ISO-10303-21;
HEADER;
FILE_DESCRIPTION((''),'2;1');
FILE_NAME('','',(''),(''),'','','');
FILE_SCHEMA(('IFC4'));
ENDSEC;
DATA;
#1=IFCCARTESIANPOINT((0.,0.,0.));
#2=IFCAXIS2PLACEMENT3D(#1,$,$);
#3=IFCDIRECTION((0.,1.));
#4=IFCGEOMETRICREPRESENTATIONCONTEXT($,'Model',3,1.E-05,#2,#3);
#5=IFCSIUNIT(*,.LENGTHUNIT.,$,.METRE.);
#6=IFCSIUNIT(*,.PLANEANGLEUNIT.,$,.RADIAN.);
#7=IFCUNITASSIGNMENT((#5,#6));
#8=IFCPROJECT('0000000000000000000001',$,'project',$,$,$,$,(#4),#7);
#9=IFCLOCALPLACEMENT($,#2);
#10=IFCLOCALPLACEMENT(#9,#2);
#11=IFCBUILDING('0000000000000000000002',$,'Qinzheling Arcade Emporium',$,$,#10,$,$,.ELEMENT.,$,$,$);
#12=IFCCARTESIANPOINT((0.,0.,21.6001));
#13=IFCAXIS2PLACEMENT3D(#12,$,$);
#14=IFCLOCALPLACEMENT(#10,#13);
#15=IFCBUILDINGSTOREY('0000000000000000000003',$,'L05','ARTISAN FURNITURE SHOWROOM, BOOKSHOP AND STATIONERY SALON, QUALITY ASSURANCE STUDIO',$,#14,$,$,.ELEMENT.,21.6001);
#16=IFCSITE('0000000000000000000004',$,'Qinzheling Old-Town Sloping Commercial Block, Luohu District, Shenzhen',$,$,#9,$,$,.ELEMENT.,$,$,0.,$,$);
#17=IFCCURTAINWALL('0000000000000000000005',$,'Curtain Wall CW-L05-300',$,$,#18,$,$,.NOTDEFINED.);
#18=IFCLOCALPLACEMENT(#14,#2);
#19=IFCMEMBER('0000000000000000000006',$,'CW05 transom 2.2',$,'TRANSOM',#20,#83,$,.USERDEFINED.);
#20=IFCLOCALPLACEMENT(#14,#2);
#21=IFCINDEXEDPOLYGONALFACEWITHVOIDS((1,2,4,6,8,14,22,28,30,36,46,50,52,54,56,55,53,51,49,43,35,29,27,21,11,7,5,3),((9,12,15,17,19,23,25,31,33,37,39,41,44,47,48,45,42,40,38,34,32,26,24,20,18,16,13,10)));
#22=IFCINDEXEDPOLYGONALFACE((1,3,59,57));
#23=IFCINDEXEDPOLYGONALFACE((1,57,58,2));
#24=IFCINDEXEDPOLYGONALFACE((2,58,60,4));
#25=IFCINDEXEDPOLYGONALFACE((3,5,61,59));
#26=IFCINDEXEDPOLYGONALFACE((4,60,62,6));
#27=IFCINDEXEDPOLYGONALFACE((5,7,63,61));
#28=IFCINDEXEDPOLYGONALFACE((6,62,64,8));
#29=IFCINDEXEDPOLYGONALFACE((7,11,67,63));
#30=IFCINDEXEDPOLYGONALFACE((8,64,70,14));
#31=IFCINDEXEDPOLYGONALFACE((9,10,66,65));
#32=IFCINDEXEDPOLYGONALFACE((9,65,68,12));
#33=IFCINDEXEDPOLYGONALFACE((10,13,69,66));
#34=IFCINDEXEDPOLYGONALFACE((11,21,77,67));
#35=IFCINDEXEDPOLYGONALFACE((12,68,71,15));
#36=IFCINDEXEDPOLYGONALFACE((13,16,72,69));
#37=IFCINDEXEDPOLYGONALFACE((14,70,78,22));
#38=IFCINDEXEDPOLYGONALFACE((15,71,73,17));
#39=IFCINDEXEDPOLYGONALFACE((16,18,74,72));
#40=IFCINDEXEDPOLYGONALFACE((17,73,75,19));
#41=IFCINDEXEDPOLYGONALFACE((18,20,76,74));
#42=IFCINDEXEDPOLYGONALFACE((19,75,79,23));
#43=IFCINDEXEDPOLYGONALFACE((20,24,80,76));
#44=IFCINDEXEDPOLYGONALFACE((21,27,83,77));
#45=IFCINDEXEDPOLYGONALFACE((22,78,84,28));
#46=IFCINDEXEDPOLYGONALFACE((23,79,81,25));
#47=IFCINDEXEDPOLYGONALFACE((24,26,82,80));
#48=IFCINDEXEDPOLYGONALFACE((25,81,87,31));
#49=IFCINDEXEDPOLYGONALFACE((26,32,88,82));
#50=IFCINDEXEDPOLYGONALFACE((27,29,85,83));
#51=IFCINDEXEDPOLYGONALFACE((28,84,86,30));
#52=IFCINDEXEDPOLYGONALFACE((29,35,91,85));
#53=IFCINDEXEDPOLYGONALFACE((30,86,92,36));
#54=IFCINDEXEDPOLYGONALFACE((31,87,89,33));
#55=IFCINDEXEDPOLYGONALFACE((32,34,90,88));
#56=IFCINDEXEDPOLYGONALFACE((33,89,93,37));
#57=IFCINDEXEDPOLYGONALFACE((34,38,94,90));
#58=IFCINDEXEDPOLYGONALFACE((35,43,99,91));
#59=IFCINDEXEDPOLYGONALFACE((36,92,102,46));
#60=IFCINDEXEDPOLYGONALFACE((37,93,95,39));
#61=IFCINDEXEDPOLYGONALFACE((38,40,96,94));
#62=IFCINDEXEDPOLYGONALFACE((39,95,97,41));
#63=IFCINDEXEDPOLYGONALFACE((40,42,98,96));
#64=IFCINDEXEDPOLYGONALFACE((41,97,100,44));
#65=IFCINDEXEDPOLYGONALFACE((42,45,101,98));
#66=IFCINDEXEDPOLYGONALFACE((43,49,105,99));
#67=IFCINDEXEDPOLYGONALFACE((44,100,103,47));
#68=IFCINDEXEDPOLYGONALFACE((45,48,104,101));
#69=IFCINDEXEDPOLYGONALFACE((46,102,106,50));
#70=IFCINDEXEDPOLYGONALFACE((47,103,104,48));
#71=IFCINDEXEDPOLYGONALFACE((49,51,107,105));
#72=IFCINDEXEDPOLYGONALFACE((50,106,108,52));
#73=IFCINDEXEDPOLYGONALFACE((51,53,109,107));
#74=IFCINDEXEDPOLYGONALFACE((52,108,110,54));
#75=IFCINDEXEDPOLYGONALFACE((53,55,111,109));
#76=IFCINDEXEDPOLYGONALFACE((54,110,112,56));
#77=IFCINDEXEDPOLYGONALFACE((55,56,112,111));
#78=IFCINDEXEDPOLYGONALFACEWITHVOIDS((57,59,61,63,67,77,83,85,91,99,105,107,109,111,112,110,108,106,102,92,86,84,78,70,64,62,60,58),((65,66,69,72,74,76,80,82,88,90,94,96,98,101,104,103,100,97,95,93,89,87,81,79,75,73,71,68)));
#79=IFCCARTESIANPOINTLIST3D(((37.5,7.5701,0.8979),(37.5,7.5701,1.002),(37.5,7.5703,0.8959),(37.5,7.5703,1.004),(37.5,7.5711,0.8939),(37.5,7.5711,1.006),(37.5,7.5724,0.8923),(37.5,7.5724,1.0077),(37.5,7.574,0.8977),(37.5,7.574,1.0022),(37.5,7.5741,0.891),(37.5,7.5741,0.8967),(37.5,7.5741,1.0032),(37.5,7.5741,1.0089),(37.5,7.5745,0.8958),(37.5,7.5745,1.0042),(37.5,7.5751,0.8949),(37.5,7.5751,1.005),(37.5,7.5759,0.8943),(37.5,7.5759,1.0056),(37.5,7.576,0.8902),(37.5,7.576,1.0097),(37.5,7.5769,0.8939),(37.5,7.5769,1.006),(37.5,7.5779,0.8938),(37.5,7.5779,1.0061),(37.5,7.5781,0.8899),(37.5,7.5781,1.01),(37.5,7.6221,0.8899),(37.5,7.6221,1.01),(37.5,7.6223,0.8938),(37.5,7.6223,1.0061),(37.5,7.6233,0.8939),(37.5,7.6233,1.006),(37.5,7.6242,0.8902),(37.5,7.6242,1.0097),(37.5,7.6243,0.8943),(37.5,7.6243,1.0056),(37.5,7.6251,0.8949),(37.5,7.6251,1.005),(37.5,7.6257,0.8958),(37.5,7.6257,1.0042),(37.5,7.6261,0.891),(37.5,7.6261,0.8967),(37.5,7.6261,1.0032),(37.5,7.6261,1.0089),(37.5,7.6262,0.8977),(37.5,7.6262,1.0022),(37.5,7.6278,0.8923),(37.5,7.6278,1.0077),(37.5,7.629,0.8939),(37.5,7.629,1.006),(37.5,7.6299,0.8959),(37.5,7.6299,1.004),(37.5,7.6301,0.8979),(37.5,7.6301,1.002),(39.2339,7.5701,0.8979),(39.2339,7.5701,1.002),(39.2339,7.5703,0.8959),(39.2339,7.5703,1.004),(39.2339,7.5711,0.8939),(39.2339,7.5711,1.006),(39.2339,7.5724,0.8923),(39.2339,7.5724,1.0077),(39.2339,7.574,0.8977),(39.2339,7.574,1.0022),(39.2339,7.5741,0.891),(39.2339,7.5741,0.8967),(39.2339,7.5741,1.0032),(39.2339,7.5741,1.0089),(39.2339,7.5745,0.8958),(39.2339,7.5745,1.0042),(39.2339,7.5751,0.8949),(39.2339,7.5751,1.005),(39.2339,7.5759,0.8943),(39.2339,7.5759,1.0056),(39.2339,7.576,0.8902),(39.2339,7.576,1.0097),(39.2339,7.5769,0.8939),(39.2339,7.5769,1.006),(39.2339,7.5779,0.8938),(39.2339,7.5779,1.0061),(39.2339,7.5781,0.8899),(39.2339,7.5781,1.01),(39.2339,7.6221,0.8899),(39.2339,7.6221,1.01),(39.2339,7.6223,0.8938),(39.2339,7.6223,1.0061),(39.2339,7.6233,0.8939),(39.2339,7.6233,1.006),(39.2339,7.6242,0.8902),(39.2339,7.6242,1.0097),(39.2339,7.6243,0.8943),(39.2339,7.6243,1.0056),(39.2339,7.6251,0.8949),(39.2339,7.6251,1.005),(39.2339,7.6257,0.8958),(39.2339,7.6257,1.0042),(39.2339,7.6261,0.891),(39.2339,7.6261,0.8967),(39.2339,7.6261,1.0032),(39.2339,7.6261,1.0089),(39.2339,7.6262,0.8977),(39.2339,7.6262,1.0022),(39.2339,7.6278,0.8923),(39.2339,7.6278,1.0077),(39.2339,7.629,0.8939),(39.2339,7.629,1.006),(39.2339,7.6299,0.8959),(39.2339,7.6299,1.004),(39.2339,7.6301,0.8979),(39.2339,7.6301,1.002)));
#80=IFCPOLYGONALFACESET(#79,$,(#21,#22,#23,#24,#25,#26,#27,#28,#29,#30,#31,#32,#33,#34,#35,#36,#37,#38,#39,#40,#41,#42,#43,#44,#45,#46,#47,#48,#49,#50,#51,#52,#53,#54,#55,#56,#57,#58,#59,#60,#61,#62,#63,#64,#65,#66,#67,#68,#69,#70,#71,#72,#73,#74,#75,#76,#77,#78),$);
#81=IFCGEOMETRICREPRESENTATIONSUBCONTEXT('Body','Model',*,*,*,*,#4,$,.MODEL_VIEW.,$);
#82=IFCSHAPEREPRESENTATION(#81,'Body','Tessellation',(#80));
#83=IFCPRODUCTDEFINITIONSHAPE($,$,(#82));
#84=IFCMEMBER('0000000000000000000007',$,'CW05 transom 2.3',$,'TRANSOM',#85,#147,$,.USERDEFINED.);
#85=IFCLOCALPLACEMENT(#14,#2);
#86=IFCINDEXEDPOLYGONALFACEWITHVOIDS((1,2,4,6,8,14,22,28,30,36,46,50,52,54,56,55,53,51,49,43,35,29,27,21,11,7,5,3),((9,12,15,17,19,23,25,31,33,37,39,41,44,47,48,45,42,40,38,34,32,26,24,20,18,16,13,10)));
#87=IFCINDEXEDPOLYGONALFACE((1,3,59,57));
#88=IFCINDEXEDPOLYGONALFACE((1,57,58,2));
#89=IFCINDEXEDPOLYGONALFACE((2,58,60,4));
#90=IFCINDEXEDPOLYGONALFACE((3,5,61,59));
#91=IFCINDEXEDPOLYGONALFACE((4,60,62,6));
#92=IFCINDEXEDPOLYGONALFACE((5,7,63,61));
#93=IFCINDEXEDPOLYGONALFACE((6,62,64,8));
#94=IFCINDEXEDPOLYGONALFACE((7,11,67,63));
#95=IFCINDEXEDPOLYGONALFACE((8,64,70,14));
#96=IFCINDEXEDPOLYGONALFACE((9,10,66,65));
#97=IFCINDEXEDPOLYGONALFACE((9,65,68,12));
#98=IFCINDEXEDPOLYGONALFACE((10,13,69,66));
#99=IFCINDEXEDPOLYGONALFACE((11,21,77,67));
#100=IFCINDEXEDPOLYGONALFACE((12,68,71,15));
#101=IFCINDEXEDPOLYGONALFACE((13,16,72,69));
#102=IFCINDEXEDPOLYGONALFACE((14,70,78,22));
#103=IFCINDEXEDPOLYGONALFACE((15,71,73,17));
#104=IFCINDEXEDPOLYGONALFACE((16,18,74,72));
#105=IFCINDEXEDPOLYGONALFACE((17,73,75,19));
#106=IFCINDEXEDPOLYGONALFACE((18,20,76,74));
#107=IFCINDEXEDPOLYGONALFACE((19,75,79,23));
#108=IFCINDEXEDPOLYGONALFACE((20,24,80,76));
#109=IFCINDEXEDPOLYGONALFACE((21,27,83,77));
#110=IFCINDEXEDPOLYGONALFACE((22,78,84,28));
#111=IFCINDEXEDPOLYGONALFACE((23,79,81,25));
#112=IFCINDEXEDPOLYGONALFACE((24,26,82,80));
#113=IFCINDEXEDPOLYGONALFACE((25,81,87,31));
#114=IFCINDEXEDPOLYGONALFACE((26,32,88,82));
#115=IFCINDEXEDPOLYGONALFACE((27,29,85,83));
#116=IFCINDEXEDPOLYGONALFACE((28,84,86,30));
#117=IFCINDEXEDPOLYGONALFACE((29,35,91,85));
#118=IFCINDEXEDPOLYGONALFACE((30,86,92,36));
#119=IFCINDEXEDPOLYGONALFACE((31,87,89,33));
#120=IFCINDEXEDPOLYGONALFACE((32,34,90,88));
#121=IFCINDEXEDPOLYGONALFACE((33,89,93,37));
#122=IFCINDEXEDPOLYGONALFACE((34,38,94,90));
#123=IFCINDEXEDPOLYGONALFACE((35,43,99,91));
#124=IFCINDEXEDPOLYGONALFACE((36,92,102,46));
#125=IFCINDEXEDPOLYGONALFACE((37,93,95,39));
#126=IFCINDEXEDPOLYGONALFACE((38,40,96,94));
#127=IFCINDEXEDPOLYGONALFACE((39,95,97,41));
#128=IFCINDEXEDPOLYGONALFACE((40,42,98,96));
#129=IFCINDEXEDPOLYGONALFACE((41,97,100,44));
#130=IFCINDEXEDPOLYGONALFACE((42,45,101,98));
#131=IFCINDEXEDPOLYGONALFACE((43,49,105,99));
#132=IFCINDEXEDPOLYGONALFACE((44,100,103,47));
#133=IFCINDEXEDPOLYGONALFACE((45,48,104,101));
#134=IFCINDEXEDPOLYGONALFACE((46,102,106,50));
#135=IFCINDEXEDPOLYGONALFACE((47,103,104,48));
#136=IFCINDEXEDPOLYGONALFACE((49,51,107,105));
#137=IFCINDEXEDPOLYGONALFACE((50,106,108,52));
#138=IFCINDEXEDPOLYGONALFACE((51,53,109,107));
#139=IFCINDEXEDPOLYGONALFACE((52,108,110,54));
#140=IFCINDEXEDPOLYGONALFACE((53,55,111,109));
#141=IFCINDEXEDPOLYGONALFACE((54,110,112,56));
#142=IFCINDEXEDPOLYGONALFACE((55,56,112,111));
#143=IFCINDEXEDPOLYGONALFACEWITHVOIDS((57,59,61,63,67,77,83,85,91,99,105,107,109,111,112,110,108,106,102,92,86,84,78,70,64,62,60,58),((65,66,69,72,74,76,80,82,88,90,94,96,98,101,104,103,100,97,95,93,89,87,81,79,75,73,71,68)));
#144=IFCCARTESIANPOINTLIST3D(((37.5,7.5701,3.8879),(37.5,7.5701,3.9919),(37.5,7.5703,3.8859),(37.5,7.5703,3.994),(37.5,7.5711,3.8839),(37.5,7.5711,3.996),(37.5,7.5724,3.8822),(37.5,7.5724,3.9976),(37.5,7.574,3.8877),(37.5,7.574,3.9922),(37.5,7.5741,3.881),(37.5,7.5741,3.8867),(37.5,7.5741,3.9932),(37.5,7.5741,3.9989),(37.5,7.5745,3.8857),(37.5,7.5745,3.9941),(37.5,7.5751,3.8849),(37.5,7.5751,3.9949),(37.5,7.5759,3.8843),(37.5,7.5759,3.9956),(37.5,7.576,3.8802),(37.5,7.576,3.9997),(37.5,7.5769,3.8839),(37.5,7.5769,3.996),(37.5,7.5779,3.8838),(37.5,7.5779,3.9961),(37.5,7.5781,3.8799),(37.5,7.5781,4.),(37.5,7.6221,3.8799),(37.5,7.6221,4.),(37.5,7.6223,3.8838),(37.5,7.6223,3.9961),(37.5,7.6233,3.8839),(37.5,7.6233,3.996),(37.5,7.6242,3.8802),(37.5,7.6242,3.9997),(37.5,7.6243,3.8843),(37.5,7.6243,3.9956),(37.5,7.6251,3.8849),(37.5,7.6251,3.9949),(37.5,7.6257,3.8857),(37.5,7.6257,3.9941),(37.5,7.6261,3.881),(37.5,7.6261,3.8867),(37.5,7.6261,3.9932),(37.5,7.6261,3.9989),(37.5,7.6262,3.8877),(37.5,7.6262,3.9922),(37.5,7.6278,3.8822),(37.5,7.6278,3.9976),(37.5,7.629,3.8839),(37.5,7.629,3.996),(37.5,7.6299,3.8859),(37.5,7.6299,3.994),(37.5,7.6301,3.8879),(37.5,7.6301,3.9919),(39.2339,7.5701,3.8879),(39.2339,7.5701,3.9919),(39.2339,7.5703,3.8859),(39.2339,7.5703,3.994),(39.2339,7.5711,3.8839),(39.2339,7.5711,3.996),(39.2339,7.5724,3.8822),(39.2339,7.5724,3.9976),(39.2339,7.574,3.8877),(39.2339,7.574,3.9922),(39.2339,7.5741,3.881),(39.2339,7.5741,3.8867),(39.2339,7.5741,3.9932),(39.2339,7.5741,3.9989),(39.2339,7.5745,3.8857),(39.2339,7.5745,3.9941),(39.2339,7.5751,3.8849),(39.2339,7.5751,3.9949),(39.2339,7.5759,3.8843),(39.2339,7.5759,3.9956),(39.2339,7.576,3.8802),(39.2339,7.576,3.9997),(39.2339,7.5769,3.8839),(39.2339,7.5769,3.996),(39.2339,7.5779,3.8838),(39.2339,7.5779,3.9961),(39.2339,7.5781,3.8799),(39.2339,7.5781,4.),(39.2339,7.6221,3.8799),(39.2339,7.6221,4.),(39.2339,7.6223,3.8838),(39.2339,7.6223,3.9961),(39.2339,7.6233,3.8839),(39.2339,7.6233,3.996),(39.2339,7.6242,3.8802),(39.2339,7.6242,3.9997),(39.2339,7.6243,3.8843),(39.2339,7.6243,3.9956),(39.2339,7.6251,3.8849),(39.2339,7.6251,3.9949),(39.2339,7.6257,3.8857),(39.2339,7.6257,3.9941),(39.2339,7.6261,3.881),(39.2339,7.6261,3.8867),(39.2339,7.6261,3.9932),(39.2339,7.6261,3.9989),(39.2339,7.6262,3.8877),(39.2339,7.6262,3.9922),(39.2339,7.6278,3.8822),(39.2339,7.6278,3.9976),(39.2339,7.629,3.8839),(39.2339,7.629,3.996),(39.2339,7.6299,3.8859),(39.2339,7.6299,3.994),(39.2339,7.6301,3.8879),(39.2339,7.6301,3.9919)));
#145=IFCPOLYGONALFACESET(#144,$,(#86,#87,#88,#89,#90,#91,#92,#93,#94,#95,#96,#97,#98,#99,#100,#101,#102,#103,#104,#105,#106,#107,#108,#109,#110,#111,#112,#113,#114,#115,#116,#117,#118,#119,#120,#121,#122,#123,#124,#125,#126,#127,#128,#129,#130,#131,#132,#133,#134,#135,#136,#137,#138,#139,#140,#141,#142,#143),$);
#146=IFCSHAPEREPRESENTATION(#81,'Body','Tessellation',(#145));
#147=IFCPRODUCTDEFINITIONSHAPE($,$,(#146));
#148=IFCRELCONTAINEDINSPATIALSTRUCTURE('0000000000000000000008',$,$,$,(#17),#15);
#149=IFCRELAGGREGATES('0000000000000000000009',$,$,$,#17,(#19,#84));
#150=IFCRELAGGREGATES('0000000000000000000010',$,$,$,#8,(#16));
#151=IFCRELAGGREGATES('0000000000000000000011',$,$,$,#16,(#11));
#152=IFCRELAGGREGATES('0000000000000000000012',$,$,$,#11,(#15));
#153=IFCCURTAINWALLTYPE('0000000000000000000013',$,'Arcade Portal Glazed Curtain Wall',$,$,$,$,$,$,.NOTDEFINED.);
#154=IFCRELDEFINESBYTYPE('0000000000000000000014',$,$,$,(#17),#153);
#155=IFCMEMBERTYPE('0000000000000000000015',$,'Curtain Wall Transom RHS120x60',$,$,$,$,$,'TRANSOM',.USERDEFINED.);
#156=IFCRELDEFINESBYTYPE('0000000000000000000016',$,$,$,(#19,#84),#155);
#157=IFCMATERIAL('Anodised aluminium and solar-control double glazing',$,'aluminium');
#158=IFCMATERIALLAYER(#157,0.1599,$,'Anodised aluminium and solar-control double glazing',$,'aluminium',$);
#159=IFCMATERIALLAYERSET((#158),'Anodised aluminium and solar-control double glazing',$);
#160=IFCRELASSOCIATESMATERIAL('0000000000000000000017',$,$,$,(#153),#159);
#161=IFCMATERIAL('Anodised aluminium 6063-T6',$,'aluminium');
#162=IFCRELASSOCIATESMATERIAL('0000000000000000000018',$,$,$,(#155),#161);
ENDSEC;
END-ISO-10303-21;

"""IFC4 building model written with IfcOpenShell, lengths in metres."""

from ifc_helpers import new_model, si_unit, direction, frame, origin, origin_2d, place, context, subcontext, project, spatial, hollow_rectangle, extrude, material, layer, layer_set, material_profile, profile_set, type_object, element, aggregate, save


model = new_model("IFC4")

# Units and contexts
model_context = context("Model", 3, precision=1e-05, world=origin(), true_north=direction((0.0, 1.0)))
body_context = subcontext(model_context, "Body", "Model", "MODEL_VIEW")
ifc_project = project(units=[si_unit("LENGTHUNIT", "METRE"), si_unit("PLANEANGLEUNIT", "RADIAN")], contexts=[model_context])

# Site, building, storey
site_placement = place(None, origin())
site = spatial("IfcSite", under=ifc_project, at=site_placement, Name="Qinzheling Old-Town Sloping Commercial Block, Luohu District, Shenzhen", CompositionType="ELEMENT", RefElevation=0.0)
building_placement = place(site_placement, origin())
building = spatial("IfcBuilding", under=site, at=building_placement, Name="Qinzheling Arcade Emporium", CompositionType="ELEMENT")
storey_placement = place(building_placement, frame((0.0, 0.0, 21.6001)))
storey = spatial("IfcBuildingStorey", under=building, at=storey_placement, Name="L05", Description="ARTISAN FURNITURE SHOWROOM, BOOKSHOP AND STATIONERY SALON, QUALITY ASSURANCE STUDIO", CompositionType="ELEMENT", Elevation=21.6001)

# Shared definitions
ifc_material_1 = material(Name="Anodised aluminium and solar-control double glazing", Category="aluminium")
ifc_layer_1 = layer(ifc_material_1, 0.1599, Name="Anodised aluminium and solar-control double glazing", Category="aluminium")
ifc_layer_set_1 = layer_set([ifc_layer_1], Name="Anodised aluminium and solar-control double glazing")
curtain_wall_type = type_object("IfcCurtainWallType", Name="Arcade Portal Glazed Curtain Wall", PredefinedType="NOTDEFINED", material=ifc_layer_set_1)
ifc_material_2 = material(Name="Anodised aluminium 6063-T6", Category="aluminium")

# Curtain wall, members
curtain_wall_1_placement = place(storey_placement, origin())
curtain_wall_1 = element("IfcCurtainWall", 1, at=curtain_wall_1_placement, inside=storey, type_object=curtain_wall_type, Name="Curtain Wall CW-L05-300", PredefinedType="NOTDEFINED")
ifc_material_profile_1 = material_profile(ifc_material_2, hollow_rectangle(XDim=0.0601, YDim=0.1201, WallThickness=0.0039, InnerFilletRadius=0.0039, OuterFilletRadius=0.0081, at=origin_2d()), Name="RHS 120x60x4", Category="aluminium")
ifc_profile_set_1 = profile_set([ifc_material_profile_1], Name="Anodised aluminium 6063-T6")
member_type_1 = type_object("IfcMemberType", Name="Curtain Wall Transom RHS120x60", ElementType="TRANSOM", PredefinedType="USERDEFINED", material=ifc_profile_set_1)
member_1_placement = place(storey_placement, frame((39.2339, 7.6001, 0.95), z_axis=(-1.0, 0.0, 0.0), x_axis=(0.0, -1.0, 0.0)))
member_1 = element("IfcMember", 2, at=member_1_placement, type_object=member_type_1, Name="CW05 transom 2.2", ObjectType="TRANSOM", PredefinedType="USERDEFINED", context=body_context, shape_type="SweptSolid", body=[
    extrude(hollow_rectangle(XDim=0.0601, YDim=0.1201, WallThickness=0.0039, InnerFilletRadius=0.0039, OuterFilletRadius=0.0081, at=origin_2d()), origin(), (0.0, 0.0, 1.0), 1.7339),
])
member_2_placement = place(storey_placement, frame((39.2339, 7.6001, 3.9399), z_axis=(-1.0, 0.0, 0.0), x_axis=(0.0, -1.0, 0.0)))
member_2 = element("IfcMember", 3, at=member_2_placement, type_object=member_type_1, Name="CW05 transom 2.3", ObjectType="TRANSOM", PredefinedType="USERDEFINED", context=body_context, shape_type="SweptSolid", body=[
    extrude(hollow_rectangle(XDim=0.0601, YDim=0.1201, WallThickness=0.0039, InnerFilletRadius=0.0039, OuterFilletRadius=0.0081, at=origin_2d()), origin(), (0.0, 0.0, 1.0), 1.7339),
])
aggregate(curtain_wall_1, [member_1, member_2])

save(model, "model.ifc")
